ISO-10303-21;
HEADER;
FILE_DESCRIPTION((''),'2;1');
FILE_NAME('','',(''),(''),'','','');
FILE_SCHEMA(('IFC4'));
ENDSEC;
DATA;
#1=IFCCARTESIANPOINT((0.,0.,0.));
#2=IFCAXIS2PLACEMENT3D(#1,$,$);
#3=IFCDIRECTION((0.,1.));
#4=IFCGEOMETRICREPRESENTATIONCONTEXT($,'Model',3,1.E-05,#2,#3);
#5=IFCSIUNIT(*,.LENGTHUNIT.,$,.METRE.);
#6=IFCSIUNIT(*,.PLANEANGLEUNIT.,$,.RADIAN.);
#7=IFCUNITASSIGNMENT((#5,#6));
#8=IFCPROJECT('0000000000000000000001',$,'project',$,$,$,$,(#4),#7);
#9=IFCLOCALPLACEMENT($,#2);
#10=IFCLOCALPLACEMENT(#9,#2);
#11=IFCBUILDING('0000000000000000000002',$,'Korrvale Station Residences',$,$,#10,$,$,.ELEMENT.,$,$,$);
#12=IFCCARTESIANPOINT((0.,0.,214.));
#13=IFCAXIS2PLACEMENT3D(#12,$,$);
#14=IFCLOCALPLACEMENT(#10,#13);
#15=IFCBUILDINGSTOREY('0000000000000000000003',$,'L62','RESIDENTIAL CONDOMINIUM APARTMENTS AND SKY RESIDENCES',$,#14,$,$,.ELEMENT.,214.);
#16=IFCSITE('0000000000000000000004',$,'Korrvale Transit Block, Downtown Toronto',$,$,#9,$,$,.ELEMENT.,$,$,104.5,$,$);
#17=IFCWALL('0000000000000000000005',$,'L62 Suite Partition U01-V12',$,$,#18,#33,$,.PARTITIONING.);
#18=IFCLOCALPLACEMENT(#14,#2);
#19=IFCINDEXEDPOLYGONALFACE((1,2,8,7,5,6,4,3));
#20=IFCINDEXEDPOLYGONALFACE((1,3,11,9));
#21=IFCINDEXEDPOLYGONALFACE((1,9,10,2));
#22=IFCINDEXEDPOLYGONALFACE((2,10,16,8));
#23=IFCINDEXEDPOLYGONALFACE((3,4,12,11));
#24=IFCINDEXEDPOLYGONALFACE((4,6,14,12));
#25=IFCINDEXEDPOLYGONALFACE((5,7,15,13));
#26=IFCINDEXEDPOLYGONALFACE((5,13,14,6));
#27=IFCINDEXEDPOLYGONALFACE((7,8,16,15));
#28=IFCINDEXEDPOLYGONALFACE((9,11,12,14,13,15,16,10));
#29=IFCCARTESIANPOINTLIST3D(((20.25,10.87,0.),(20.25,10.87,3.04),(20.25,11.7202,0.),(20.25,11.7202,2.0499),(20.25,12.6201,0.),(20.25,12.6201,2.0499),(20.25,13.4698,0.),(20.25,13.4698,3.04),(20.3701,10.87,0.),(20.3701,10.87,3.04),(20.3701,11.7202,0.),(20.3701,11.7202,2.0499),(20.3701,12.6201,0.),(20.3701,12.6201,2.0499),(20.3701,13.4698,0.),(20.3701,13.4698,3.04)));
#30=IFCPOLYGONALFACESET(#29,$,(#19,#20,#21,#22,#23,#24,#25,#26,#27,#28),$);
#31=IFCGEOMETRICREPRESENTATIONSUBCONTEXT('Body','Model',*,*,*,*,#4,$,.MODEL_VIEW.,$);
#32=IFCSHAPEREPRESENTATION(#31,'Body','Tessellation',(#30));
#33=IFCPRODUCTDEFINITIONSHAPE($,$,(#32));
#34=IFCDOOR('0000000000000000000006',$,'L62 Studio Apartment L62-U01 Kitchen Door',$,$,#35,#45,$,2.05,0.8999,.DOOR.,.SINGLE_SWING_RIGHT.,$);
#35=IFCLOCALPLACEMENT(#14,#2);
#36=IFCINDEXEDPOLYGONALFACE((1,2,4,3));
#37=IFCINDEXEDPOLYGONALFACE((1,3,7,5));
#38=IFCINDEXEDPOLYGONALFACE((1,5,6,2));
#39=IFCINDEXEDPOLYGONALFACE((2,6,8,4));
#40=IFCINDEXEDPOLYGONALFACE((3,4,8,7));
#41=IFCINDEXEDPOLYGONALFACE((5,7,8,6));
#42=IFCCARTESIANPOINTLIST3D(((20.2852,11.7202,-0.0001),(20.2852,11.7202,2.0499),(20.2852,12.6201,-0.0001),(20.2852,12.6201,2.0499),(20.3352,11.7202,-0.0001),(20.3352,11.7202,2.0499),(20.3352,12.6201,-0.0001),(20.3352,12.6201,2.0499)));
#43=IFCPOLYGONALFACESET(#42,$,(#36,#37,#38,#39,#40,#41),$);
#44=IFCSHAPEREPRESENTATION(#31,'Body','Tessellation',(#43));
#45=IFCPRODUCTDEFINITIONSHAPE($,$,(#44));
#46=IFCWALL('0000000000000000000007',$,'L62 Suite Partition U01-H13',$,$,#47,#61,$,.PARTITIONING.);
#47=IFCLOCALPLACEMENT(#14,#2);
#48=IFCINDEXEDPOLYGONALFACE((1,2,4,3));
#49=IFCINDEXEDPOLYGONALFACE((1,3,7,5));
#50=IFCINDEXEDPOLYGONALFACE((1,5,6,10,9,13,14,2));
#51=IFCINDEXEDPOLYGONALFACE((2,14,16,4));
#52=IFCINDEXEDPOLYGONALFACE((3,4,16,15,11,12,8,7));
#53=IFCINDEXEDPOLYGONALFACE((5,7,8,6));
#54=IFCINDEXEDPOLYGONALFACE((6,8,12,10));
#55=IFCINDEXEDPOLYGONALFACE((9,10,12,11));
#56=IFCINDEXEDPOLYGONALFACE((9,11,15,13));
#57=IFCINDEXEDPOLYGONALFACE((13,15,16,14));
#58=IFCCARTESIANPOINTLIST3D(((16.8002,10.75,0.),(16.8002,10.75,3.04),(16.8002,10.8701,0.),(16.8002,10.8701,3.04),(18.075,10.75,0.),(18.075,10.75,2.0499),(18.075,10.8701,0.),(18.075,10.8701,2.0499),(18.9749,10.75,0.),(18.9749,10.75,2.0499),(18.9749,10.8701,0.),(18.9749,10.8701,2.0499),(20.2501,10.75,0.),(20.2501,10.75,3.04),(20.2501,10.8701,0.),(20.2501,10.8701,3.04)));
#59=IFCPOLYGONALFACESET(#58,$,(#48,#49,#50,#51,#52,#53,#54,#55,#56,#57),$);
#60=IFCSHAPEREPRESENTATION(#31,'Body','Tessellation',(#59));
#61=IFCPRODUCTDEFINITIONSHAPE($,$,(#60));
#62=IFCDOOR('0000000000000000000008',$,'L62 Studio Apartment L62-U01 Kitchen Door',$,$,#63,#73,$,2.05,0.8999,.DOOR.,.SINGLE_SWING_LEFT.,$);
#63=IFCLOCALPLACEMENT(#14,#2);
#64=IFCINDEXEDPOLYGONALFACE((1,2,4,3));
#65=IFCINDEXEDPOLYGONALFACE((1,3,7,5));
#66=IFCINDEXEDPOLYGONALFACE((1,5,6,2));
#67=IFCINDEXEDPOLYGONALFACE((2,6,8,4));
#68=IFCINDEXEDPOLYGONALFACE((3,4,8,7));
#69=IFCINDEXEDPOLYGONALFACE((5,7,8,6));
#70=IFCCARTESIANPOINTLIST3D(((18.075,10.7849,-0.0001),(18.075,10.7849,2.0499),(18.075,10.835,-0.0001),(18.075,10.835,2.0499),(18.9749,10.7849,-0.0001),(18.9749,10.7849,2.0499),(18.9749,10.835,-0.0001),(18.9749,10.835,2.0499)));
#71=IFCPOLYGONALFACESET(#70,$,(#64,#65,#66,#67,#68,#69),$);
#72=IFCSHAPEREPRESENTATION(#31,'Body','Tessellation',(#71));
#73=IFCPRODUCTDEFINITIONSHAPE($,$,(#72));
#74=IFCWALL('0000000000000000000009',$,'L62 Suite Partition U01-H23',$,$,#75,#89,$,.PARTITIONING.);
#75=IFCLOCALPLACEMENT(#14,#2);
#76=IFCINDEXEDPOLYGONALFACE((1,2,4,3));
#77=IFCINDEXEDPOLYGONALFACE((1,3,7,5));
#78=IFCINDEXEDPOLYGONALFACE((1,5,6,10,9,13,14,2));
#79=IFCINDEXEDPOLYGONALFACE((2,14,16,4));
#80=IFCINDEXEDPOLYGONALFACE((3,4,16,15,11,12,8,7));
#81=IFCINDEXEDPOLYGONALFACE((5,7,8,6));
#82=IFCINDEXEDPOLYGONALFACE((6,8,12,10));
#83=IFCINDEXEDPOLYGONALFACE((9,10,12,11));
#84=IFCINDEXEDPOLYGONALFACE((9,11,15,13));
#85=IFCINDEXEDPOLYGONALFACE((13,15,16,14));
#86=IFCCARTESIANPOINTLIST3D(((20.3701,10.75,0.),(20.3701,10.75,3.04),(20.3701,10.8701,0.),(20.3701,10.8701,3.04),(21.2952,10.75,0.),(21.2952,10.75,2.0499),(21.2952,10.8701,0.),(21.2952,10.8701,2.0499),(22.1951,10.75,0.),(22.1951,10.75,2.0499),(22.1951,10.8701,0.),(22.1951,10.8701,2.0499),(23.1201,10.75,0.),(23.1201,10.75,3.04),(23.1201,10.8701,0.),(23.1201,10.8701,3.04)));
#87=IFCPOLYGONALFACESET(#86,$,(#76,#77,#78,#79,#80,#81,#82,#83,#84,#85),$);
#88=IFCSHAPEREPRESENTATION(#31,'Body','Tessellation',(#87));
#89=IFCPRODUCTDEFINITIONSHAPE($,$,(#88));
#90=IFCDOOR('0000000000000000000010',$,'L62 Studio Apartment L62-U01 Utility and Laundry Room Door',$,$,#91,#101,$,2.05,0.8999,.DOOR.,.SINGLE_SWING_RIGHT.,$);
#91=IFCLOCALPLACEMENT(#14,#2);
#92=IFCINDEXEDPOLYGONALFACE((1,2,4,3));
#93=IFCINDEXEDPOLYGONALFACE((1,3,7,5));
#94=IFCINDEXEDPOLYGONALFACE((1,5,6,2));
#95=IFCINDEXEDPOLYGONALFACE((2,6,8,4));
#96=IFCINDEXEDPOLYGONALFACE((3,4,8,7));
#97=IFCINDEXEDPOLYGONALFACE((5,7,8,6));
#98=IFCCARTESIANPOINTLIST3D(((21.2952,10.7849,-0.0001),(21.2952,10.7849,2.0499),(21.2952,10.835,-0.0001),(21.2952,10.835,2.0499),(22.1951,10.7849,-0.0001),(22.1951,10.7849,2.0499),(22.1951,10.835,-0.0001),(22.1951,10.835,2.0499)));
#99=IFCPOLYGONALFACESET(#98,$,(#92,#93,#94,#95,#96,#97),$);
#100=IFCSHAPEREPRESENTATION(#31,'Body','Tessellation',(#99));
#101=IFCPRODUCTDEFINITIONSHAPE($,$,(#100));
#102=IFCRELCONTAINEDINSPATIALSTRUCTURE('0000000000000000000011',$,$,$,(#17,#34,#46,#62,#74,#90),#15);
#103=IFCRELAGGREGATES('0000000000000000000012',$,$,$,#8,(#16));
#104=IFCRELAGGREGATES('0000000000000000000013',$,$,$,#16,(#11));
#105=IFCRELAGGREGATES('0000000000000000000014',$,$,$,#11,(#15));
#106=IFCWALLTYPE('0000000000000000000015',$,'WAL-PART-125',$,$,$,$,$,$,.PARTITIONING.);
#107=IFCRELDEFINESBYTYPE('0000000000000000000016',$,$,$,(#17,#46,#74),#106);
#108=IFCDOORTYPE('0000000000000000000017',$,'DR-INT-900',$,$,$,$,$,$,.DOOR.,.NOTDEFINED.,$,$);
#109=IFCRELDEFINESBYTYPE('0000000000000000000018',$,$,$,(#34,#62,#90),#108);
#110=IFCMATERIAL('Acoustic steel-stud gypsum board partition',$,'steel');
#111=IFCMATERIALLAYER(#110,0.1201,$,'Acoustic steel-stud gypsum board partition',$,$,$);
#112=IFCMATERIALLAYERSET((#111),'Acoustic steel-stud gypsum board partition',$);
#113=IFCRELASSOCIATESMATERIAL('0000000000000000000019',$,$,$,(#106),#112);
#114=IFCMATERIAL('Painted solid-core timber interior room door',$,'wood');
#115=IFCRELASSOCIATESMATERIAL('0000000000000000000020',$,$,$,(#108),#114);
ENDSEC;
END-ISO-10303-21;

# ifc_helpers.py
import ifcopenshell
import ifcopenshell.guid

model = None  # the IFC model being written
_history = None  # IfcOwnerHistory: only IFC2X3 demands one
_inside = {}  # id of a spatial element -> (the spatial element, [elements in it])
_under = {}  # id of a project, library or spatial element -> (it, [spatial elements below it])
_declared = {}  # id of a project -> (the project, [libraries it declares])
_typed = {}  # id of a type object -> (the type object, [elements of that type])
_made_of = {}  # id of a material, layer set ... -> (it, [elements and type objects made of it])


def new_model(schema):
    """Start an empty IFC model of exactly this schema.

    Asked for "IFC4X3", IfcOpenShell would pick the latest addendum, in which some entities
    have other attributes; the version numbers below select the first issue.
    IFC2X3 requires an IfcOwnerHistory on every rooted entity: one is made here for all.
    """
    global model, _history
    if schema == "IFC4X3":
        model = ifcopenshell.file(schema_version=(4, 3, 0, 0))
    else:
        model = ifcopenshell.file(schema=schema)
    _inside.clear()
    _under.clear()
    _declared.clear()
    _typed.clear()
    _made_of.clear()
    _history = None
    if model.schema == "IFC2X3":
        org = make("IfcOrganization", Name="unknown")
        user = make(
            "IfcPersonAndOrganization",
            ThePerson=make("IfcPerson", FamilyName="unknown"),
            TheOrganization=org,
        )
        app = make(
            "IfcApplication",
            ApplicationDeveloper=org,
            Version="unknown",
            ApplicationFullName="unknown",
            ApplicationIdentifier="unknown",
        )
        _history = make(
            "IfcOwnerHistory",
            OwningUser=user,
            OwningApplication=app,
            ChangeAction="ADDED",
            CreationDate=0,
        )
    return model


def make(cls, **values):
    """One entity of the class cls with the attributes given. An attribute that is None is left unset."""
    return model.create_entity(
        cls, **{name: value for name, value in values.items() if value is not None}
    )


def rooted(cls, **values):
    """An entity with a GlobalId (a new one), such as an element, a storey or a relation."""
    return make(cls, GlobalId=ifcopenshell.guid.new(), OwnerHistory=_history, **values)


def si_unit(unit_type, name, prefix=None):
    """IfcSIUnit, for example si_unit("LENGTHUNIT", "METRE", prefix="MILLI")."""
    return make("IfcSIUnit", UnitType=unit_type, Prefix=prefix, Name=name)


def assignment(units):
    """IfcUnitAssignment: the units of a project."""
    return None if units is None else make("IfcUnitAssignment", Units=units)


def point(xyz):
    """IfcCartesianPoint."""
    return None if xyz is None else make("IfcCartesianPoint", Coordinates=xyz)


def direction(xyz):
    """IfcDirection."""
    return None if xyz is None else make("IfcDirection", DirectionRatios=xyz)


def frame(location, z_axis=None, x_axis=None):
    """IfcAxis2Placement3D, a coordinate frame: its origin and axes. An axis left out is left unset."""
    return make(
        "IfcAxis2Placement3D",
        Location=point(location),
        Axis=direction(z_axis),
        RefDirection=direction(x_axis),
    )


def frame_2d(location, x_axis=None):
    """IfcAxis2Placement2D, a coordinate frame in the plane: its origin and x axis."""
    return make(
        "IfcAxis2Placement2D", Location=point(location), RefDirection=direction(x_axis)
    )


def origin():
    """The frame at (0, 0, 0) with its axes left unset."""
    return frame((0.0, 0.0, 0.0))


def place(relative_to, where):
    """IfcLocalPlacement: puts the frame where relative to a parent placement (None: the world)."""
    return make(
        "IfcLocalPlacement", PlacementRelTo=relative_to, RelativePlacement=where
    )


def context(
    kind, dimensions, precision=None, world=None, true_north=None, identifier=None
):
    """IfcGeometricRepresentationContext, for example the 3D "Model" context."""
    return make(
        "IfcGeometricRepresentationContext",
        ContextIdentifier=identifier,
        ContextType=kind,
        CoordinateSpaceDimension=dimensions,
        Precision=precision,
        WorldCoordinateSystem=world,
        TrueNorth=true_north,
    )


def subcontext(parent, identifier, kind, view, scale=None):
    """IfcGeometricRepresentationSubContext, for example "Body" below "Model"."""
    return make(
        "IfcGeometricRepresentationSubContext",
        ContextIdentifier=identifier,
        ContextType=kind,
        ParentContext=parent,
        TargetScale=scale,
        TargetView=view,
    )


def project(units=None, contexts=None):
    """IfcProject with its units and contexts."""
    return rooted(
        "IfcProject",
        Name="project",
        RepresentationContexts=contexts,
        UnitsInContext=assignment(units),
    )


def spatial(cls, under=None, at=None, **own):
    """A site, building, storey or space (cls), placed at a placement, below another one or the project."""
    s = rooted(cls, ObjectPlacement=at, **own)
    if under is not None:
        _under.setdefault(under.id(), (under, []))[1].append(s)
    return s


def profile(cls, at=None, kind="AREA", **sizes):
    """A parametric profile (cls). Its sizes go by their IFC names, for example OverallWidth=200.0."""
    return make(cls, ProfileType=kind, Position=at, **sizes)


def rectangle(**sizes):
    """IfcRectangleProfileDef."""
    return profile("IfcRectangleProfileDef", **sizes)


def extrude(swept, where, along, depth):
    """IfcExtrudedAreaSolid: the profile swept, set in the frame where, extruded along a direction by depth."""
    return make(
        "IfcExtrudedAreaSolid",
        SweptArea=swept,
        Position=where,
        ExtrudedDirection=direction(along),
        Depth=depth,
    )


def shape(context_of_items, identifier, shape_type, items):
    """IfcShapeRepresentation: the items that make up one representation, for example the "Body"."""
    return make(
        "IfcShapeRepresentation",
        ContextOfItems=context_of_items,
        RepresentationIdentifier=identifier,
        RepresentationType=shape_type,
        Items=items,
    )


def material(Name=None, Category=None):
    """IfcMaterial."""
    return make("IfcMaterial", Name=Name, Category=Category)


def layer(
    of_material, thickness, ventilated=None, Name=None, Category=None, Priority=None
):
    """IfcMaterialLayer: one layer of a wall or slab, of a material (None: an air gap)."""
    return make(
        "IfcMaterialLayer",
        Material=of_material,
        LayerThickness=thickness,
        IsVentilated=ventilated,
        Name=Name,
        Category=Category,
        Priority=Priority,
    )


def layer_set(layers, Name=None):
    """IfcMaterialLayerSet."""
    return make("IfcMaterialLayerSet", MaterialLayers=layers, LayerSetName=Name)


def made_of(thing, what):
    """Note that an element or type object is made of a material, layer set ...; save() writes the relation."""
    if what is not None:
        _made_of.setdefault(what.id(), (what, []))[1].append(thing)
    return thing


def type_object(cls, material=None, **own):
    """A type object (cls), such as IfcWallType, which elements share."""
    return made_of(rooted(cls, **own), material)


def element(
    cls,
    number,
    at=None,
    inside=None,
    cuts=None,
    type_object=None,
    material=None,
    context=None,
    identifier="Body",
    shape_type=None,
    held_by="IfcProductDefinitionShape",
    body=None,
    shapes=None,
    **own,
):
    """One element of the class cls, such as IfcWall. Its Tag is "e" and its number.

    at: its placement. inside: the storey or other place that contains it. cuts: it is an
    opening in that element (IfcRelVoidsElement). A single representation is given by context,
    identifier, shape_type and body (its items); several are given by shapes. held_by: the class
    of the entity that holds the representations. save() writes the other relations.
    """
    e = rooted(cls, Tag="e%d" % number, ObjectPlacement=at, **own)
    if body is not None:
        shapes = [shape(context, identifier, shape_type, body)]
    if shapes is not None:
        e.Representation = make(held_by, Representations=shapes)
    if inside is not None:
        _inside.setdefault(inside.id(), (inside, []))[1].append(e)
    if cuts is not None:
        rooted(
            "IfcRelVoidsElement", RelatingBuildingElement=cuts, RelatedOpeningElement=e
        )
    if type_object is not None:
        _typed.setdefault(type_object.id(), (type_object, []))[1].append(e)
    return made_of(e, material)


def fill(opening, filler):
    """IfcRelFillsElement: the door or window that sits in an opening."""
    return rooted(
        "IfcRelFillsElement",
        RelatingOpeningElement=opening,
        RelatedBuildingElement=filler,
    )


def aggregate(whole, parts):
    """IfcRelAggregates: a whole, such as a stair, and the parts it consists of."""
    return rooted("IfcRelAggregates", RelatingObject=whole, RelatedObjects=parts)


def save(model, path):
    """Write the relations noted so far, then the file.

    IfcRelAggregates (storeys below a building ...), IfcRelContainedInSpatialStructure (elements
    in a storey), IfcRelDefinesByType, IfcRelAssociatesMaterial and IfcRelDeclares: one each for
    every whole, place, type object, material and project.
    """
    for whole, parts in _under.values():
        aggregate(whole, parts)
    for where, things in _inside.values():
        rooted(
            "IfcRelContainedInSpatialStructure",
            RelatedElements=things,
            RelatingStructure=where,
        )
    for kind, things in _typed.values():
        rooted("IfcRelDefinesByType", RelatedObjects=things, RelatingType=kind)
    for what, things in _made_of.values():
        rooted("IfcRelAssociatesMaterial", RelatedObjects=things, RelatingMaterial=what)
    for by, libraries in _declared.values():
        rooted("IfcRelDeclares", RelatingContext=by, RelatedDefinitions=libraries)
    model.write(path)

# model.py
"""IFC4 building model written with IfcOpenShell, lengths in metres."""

from ifc_helpers import new_model, si_unit, direction, frame, frame_2d, origin, place, context, subcontext, project, spatial, rectangle, extrude, material, layer, layer_set, type_object, element, fill, save


model = new_model("IFC4")

# Units and contexts
model_context = context("Model", 3, precision=1e-05, world=origin(), true_north=direction((0.0, 1.0)))
body_context = subcontext(model_context, "Body", "Model", "MODEL_VIEW")
ifc_project = project(units=[si_unit("LENGTHUNIT", "METRE"), si_unit("PLANEANGLEUNIT", "RADIAN")], contexts=[model_context])

# Site, building, storey
site_placement = place(None, origin())
site = spatial("IfcSite", under=ifc_project, at=site_placement, Name="Korrvale Transit Block, Downtown Toronto", CompositionType="ELEMENT", RefElevation=104.5)
building_placement = place(site_placement, origin())
building = spatial("IfcBuilding", under=site, at=building_placement, Name="Korrvale Station Residences", CompositionType="ELEMENT")
storey_placement = place(building_placement, frame((0.0, 0.0, 214.0)))
storey = spatial("IfcBuildingStorey", under=building, at=storey_placement, Name="L62", Description="RESIDENTIAL CONDOMINIUM APARTMENTS AND SKY RESIDENCES", CompositionType="ELEMENT", Elevation=214.0)

# Walls, openings, doors
ifc_material_1 = material(Name="Acoustic steel-stud gypsum board partition", Category="steel")
ifc_layer_1 = layer(ifc_material_1, 0.1201, Name="Acoustic steel-stud gypsum board partition")
ifc_layer_set_1 = layer_set([ifc_layer_1], Name="Acoustic steel-stud gypsum board partition")
wall_type_1 = type_object("IfcWallType", Name="WAL-PART-125", PredefinedType="PARTITIONING", material=ifc_layer_set_1)
wall_1_placement = place(storey_placement, frame((20.3101, 10.8701, 0.0), z_axis=(0.0, 0.0, 1.0), x_axis=(0.0, 1.0, 0.0)))
wall_1 = element("IfcWall", 1, at=wall_1_placement, inside=storey, type_object=wall_type_1, Name="L62 Suite Partition U01-V12", PredefinedType="PARTITIONING", context=body_context, shape_type="SweptSolid", body=[
    extrude(rectangle(XDim=2.5999, YDim=0.1201, at=frame_2d((1.2998, 0.0))), origin(), (0.0, 0.0, 1.0), 3.04),
])
opening_1_placement = place(wall_1_placement, frame((0.8501, 0.0, 0.0)))
opening_1 = element("IfcOpeningElement", 2, at=opening_1_placement, cuts=wall_1, PredefinedType="OPENING", context=body_context, shape_type="SweptSolid", body=[
    extrude(rectangle(XDim=0.8999, YDim=2.05, at=frame_2d((0.45, 1.0249))), frame((0.0, 0.0701, 0.0), z_axis=(0.0, -1.0, 0.0), x_axis=(1.0, 0.0, 0.0)), (0.0, 0.0, 1.0), 0.1401),
])
ifc_material_2 = material(Name="Painted solid-core timber interior room door", Category="wood")
door_type_1 = type_object("IfcDoorType", Name="DR-INT-900", OperationType="NOTDEFINED", PredefinedType="DOOR", material=ifc_material_2)
door_1_placement = place(opening_1_placement, origin())
door_1 = element("IfcDoor", 3, at=door_1_placement, inside=storey, type_object=door_type_1, Name="L62 Studio Apartment L62-U01 Kitchen Door", OperationType="SINGLE_SWING_RIGHT", OverallHeight=2.05, OverallWidth=0.8999, PredefinedType="DOOR", context=body_context, shape_type="SweptSolid", body=[
    extrude(rectangle(XDim=0.8999, YDim=2.05, at=frame_2d((0.45, 1.0249))), frame((0.0, 0.0249, 0.0), z_axis=(0.0, -1.0, 0.0), x_axis=(1.0, 0.0, 0.0)), (0.0, 0.0, 1.0), 0.05),
])
fill(opening_1, door_1)
wall_2_placement = place(storey_placement, frame((16.8, 10.8101, 0.0), z_axis=(0.0, 0.0, 1.0), x_axis=(1.0, 0.0, 0.0)))
wall_2 = element("IfcWall", 4, at=wall_2_placement, inside=storey, type_object=wall_type_1, Name="L62 Suite Partition U01-H13", PredefinedType="PARTITIONING", context=body_context, shape_type="SweptSolid", body=[
    extrude(rectangle(XDim=3.45, YDim=0.1201, at=frame_2d((1.7251, 0.0))), origin(), (0.0, 0.0, 1.0), 3.04),
])
opening_2_placement = place(wall_2_placement, frame((1.2749, 0.0, 0.0)))
opening_2 = element("IfcOpeningElement", 5, at=opening_2_placement, cuts=wall_2, PredefinedType="OPENING", context=body_context, shape_type="SweptSolid", body=[
    extrude(rectangle(XDim=0.8999, YDim=2.05, at=frame_2d((0.45, 1.0249))), frame((0.0, 0.0701, 0.0), z_axis=(0.0, -1.0, 0.0), x_axis=(1.0, 0.0, 0.0)), (0.0, 0.0, 1.0), 0.1401),
])
door_2_placement = place(opening_2_placement, origin())
door_2 = element("IfcDoor", 6, at=door_2_placement, inside=storey, type_object=door_type_1, Name="L62 Studio Apartment L62-U01 Kitchen Door", OperationType="SINGLE_SWING_LEFT", OverallHeight=2.05, OverallWidth=0.8999, PredefinedType="DOOR", context=body_context, shape_type="SweptSolid", body=[
    extrude(rectangle(XDim=0.8999, YDim=2.05, at=frame_2d((0.45, 1.0249))), frame((0.0, 0.0249, 0.0), z_axis=(0.0, -1.0, 0.0), x_axis=(1.0, 0.0, 0.0)), (0.0, 0.0, 1.0), 0.05),
])
fill(opening_2, door_2)
wall_3_placement = place(storey_placement, frame((20.3701, 10.8101, 0.0), z_axis=(0.0, 0.0, 1.0), x_axis=(1.0, 0.0, 0.0)))
wall_3 = element("IfcWall", 7, at=wall_3_placement, inside=storey, type_object=wall_type_1, Name="L62 Suite Partition U01-H23", PredefinedType="PARTITIONING", context=body_context, shape_type="SweptSolid", body=[
    extrude(rectangle(XDim=2.75, YDim=0.1201, at=frame_2d((1.375, 0.0))), origin(), (0.0, 0.0, 1.0), 3.04),
])
opening_3_placement = place(wall_3_placement, frame((0.925, 0.0, 0.0)))
opening_3 = element("IfcOpeningElement", 8, at=opening_3_placement, cuts=wall_3, PredefinedType="OPENING", context=body_context, shape_type="SweptSolid", body=[
    extrude(rectangle(XDim=0.8999, YDim=2.05, at=frame_2d((0.45, 1.0249))), frame((0.0, 0.0701, 0.0), z_axis=(0.0, -1.0, 0.0), x_axis=(1.0, 0.0, 0.0)), (0.0, 0.0, 1.0), 0.1401),
])
door_3_placement = place(opening_3_placement, origin())
door_3 = element("IfcDoor", 9, at=door_3_placement, inside=storey, type_object=door_type_1, Name="L62 Studio Apartment L62-U01 Utility and Laundry Room Door", OperationType="SINGLE_SWING_RIGHT", OverallHeight=2.05, OverallWidth=0.8999, PredefinedType="DOOR", context=body_context, shape_type="SweptSolid", body=[
    extrude(rectangle(XDim=0.8999, YDim=2.05, at=frame_2d((0.45, 1.0249))), frame((0.0, 0.0249, 0.0), z_axis=(0.0, -1.0, 0.0), x_axis=(1.0, 0.0, 0.0)), (0.0, 0.0, 1.0), 0.05),
])
fill(opening_3, door_3)

save(model, "model.ifc")
